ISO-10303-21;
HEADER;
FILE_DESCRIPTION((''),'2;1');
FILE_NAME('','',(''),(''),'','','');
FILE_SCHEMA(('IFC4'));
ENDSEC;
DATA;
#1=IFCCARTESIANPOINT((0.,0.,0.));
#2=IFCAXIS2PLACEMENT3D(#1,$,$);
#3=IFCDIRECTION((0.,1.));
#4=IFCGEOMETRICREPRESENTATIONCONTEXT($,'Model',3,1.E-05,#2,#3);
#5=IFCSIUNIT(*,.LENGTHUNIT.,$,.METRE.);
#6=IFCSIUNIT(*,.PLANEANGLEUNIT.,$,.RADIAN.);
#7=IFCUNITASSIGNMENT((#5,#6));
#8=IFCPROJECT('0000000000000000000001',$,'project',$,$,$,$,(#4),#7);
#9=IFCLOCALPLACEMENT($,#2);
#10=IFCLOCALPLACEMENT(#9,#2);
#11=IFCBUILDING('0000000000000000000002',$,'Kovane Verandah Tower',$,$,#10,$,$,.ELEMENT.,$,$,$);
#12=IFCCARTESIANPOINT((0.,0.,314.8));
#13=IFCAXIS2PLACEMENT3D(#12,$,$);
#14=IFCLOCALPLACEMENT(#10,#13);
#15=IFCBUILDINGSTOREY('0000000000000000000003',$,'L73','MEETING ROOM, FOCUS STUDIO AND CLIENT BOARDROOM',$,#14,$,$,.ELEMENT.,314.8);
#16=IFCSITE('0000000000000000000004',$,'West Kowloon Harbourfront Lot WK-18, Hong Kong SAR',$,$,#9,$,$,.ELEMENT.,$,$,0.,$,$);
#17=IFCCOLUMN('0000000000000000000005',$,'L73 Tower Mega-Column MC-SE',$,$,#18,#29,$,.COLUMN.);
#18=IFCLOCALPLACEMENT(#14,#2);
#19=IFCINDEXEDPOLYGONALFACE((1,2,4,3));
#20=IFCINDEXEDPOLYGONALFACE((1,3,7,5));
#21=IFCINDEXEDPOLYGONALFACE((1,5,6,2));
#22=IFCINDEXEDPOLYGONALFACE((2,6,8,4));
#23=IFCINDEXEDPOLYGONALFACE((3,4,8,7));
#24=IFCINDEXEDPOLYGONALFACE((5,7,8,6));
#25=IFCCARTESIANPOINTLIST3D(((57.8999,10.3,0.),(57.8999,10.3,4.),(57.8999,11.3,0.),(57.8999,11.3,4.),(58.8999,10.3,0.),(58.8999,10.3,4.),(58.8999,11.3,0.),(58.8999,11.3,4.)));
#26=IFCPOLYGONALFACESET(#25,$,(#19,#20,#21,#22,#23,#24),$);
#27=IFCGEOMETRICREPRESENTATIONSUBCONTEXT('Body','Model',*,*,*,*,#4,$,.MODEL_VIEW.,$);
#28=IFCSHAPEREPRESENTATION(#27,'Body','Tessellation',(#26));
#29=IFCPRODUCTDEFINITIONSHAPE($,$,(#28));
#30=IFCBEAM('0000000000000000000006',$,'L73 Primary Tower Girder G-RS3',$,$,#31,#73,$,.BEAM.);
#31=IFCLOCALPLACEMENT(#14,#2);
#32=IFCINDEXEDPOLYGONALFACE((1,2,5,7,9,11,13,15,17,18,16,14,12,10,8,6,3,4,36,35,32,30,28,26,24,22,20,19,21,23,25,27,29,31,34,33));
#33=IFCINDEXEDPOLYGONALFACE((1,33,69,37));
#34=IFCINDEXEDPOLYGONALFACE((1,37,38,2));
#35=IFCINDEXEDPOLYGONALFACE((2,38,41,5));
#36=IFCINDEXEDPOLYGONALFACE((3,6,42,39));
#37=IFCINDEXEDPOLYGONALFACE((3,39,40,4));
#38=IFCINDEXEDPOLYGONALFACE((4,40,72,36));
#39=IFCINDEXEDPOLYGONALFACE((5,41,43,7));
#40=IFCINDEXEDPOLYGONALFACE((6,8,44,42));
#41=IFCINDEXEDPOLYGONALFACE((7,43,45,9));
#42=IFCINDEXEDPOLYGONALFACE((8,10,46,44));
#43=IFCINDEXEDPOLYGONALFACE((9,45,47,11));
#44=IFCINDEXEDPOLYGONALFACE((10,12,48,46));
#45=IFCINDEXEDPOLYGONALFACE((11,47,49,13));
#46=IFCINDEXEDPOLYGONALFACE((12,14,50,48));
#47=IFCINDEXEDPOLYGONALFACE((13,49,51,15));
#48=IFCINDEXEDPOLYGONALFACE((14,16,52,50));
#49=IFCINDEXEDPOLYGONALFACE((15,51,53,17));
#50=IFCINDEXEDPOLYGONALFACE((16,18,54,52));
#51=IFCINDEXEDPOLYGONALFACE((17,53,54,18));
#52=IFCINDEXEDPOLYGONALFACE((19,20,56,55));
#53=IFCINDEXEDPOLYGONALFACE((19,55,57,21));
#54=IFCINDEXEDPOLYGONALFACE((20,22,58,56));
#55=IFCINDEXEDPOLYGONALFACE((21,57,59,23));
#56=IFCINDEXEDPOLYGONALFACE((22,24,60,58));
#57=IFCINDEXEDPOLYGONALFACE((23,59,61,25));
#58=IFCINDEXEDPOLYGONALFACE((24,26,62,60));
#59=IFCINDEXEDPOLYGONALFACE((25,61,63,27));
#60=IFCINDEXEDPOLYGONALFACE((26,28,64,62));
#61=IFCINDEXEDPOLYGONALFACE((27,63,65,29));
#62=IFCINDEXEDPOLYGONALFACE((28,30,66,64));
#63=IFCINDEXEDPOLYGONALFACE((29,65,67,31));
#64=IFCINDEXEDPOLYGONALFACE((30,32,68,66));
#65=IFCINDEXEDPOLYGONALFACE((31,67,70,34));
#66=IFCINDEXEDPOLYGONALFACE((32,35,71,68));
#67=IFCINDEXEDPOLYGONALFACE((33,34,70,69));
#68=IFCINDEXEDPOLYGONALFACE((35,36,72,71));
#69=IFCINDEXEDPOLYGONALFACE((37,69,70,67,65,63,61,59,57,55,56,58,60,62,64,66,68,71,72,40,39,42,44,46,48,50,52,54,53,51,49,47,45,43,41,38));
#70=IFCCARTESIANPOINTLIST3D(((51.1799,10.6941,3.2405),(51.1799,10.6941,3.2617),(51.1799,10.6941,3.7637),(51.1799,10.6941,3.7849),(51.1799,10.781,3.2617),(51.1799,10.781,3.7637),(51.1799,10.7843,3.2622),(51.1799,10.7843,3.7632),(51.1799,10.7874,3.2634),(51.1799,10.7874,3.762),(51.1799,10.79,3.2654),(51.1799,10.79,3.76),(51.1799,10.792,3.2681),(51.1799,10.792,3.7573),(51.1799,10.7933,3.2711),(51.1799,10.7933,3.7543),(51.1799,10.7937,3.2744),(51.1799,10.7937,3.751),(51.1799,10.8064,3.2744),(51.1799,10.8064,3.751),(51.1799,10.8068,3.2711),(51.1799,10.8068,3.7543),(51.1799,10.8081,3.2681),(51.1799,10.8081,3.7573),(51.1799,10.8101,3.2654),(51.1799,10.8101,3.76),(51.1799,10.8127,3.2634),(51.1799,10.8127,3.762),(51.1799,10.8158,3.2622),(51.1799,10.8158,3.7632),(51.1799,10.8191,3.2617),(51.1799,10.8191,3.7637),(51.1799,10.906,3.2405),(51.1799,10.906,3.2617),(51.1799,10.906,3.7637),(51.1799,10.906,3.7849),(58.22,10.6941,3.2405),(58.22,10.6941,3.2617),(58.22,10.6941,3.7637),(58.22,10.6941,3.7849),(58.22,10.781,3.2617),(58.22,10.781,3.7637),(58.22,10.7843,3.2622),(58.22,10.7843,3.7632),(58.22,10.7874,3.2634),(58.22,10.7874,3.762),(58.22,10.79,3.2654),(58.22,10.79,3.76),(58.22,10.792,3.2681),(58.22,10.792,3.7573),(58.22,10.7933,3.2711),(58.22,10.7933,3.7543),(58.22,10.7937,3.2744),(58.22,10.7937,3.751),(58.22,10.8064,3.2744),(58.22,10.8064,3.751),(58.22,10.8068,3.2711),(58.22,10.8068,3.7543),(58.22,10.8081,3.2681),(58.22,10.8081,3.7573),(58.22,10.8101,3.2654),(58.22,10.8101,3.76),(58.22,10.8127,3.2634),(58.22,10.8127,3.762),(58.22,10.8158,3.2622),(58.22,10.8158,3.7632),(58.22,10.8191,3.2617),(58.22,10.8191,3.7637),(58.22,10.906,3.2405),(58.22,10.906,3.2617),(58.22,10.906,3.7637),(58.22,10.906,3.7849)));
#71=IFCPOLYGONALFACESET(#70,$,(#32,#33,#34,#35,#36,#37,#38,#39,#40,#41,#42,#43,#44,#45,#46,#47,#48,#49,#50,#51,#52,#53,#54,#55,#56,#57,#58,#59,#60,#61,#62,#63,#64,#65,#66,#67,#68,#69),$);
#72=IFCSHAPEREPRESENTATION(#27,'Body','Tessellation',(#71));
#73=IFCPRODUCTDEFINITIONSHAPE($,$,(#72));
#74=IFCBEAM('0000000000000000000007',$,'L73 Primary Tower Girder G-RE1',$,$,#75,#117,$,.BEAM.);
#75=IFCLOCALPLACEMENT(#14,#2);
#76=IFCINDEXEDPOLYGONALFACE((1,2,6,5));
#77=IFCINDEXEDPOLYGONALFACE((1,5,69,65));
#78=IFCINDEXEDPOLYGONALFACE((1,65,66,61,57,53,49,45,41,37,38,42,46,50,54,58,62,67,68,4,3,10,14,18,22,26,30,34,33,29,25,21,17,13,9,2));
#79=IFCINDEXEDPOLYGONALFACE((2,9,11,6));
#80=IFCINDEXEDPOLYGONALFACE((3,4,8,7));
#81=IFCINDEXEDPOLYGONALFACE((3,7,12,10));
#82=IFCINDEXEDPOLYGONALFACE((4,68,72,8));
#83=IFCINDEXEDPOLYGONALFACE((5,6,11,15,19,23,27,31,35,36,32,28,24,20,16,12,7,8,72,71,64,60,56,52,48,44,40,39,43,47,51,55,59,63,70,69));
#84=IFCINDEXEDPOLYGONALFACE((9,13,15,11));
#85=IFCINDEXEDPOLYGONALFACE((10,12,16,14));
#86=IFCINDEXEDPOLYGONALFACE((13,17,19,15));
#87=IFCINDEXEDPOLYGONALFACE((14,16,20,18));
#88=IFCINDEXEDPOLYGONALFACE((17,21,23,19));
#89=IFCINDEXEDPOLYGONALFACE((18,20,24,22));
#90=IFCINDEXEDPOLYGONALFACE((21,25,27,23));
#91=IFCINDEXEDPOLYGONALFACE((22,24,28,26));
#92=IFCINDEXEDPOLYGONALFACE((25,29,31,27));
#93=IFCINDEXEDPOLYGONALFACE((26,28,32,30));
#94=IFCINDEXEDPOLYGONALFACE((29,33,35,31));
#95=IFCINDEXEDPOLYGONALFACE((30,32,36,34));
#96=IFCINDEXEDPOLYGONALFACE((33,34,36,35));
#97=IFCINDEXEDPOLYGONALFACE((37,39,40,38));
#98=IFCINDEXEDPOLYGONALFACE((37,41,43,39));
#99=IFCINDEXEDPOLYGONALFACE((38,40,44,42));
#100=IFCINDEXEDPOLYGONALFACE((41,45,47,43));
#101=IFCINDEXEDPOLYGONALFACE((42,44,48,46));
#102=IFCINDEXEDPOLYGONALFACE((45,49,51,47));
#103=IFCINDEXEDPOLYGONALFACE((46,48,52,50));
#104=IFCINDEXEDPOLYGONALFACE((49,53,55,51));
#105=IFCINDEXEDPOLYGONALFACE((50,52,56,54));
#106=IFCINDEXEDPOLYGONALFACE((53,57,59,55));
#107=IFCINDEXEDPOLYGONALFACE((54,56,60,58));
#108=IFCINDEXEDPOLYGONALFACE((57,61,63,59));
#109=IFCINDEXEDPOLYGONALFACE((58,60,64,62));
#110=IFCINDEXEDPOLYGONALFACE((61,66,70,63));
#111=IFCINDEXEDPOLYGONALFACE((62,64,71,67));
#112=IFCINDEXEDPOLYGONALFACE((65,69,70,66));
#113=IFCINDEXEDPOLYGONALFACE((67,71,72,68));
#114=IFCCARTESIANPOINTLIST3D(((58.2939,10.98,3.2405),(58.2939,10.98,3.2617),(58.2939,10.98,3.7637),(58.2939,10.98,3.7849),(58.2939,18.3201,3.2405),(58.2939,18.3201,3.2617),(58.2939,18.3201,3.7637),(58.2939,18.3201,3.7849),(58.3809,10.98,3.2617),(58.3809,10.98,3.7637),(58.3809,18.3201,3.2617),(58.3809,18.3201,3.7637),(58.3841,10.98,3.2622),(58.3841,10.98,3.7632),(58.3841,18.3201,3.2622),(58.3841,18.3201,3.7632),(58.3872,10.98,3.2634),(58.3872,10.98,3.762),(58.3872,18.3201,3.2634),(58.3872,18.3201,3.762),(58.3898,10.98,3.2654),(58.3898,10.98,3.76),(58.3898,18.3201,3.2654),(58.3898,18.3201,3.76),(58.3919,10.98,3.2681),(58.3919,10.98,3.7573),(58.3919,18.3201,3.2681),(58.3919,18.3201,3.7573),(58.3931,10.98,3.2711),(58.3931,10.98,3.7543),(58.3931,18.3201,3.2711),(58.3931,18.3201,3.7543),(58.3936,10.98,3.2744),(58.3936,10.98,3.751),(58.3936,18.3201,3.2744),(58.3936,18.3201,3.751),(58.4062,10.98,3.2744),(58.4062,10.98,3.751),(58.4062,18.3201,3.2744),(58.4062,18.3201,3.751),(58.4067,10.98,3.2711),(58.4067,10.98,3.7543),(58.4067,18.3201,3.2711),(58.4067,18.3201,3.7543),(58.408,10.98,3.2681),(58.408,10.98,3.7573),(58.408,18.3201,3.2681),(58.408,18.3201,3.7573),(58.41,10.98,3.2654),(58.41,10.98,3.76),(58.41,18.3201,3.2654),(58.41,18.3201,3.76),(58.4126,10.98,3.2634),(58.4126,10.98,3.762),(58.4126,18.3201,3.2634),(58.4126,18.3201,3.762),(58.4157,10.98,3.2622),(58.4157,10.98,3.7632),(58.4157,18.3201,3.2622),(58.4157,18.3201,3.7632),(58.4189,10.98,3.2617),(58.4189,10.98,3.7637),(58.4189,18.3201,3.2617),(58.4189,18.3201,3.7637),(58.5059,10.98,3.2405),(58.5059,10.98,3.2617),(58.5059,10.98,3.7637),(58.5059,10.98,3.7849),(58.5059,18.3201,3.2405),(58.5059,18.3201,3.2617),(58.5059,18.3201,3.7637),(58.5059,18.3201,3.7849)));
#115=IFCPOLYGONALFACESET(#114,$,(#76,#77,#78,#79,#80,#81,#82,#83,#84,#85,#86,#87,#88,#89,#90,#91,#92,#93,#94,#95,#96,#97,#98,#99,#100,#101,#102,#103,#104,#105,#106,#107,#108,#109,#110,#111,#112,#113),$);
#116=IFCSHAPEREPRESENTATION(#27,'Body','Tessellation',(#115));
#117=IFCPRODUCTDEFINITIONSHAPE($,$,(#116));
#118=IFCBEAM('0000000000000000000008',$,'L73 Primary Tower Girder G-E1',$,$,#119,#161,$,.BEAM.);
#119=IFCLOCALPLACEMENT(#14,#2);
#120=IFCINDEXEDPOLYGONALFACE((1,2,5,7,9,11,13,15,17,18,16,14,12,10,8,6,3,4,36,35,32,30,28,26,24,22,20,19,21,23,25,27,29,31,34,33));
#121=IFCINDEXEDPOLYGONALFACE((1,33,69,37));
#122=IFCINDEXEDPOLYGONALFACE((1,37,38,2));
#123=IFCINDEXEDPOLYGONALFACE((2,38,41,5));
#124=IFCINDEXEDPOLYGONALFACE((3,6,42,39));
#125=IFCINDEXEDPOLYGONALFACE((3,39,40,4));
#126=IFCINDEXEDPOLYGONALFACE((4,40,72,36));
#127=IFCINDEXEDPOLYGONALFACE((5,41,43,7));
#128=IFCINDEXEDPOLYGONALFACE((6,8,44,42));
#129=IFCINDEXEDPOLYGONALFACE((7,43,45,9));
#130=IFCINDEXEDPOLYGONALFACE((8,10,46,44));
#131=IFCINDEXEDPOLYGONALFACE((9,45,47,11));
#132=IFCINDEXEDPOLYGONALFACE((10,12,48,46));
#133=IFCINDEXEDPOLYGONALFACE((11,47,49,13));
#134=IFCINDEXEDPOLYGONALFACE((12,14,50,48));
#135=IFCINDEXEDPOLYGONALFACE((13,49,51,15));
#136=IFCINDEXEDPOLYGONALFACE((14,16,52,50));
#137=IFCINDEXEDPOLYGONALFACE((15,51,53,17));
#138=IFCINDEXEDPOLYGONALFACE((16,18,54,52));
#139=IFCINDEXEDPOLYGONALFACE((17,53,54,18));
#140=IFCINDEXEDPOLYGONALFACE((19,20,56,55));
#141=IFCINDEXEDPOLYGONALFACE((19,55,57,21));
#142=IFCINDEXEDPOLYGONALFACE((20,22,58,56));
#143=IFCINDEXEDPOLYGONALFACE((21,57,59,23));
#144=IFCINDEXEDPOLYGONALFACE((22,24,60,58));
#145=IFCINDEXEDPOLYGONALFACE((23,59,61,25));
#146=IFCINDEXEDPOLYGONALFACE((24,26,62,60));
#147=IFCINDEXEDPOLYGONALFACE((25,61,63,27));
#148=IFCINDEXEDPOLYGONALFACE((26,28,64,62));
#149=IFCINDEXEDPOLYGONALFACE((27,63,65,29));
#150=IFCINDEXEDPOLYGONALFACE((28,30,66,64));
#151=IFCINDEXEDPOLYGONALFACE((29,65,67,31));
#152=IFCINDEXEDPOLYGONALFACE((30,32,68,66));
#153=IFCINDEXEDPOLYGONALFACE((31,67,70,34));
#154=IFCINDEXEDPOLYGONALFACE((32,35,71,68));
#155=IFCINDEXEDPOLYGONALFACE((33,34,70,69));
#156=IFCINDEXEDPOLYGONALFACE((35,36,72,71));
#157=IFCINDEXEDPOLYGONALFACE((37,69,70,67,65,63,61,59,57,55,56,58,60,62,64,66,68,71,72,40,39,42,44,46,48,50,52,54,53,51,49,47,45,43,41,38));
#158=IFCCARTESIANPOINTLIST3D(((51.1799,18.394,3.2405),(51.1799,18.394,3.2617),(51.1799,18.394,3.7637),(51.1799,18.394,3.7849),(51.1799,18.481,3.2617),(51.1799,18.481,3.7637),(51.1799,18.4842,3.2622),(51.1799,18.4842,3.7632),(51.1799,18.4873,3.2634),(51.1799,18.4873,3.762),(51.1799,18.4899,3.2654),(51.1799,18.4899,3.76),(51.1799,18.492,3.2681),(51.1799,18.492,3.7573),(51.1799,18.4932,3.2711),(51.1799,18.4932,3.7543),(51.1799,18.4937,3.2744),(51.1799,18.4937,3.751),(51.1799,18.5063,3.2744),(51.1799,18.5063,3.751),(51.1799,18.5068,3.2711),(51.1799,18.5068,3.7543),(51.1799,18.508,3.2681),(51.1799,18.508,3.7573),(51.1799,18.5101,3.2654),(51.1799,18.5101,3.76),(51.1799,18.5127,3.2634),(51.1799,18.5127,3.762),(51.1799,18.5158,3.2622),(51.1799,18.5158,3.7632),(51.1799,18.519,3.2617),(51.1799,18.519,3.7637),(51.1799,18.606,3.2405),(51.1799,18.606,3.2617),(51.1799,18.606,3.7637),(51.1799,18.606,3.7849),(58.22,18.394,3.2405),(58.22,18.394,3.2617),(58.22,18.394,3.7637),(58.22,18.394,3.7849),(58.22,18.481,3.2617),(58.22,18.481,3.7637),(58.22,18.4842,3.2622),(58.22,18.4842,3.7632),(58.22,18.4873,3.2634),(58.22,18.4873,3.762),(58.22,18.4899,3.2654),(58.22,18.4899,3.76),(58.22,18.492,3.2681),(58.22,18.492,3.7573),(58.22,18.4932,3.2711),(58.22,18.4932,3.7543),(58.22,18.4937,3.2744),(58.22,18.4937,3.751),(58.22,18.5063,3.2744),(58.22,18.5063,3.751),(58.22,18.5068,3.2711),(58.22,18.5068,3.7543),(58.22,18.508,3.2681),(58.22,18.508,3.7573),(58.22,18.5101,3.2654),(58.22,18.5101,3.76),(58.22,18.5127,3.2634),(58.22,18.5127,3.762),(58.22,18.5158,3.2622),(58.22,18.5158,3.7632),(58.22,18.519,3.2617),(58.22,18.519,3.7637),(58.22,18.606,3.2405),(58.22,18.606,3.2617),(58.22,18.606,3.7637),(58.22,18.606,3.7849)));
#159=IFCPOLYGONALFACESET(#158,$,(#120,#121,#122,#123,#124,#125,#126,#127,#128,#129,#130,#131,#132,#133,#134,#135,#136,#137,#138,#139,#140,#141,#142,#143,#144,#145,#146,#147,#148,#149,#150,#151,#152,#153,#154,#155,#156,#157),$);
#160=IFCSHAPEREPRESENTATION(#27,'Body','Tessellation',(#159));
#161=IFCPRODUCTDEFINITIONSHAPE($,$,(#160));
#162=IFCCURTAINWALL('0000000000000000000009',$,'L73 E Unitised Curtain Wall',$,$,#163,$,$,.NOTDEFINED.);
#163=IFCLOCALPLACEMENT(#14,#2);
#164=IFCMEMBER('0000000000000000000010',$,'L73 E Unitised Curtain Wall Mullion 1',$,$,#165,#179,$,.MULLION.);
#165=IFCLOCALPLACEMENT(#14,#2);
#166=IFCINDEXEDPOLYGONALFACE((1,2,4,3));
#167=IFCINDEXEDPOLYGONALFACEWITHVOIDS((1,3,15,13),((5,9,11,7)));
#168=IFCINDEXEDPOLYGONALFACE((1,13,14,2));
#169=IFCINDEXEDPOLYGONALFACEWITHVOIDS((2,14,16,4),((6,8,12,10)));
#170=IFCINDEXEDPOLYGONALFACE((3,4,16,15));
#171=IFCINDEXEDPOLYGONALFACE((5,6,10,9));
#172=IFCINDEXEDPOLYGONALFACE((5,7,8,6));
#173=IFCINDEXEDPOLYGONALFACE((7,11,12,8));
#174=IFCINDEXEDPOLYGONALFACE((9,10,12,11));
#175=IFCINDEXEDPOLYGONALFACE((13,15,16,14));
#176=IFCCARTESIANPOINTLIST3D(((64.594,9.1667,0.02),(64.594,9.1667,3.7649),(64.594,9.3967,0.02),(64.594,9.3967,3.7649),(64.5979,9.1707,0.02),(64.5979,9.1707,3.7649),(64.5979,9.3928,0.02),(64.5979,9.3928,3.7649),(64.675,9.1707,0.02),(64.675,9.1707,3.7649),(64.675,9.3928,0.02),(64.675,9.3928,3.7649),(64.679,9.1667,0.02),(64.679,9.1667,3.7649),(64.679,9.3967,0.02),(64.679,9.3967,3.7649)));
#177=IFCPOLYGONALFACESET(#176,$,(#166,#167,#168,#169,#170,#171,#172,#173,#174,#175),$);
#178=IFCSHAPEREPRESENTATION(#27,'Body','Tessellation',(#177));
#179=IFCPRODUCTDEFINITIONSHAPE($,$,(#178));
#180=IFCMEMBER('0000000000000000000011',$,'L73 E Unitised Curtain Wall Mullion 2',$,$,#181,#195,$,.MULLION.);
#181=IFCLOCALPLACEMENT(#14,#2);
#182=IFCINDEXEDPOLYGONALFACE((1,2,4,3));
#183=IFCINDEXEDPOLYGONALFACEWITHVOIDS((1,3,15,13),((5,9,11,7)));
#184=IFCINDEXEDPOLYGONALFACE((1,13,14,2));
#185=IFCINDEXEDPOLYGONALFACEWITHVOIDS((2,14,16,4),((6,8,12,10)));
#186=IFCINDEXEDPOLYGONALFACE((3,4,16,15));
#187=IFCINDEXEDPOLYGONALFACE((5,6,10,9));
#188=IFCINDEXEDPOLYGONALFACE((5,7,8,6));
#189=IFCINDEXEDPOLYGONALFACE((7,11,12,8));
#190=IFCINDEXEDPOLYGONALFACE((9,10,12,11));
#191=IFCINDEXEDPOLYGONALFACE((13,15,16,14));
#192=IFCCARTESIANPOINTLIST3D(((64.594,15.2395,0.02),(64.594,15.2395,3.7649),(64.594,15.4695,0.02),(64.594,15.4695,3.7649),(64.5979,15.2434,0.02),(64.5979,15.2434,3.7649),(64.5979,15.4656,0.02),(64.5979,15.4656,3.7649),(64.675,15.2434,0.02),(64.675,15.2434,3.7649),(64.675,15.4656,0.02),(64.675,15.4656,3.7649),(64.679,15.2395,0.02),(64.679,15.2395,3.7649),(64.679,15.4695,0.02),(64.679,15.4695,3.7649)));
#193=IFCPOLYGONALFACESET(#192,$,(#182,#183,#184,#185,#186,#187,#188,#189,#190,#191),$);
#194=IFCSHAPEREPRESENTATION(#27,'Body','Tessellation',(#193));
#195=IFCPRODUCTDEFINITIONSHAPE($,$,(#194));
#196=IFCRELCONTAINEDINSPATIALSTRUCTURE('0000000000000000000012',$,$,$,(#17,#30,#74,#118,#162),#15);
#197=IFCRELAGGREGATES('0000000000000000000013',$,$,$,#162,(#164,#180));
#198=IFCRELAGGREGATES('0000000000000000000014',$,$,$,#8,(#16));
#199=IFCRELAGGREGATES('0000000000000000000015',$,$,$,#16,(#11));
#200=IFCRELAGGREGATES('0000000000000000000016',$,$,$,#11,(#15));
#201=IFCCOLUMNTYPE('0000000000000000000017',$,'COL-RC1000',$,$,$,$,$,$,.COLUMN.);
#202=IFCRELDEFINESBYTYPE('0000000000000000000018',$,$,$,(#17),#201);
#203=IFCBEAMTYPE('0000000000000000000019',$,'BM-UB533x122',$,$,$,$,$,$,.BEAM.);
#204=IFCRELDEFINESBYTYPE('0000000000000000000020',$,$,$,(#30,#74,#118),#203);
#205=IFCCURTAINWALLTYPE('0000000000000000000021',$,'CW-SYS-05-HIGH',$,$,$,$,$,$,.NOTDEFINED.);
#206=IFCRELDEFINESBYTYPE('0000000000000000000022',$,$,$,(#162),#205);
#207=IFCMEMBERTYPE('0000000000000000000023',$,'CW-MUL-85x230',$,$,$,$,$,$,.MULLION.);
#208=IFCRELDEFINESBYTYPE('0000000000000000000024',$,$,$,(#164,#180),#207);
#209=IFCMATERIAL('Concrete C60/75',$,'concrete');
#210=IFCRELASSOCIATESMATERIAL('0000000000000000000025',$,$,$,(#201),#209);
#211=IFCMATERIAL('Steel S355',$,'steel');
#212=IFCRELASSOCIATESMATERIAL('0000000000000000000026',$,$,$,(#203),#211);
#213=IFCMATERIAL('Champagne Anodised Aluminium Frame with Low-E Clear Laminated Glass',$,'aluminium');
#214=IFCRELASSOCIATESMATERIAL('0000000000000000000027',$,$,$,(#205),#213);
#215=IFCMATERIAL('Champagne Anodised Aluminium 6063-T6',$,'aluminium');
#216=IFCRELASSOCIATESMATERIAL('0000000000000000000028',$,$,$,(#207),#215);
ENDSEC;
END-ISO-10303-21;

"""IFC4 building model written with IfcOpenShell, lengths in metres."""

from ifc_helpers import new_model, si_unit, direction, frame, origin, origin_2d, place, context, subcontext, project, spatial, rectangle, hollow_rectangle, i_section, extrude, material, material_profile, profile_set, type_object, element, aggregate, save


model = new_model("IFC4")

# Units and contexts
model_context = context("Model", 3, precision=1e-05, world=origin(), true_north=direction((0.0, 1.0)))
body_context = subcontext(model_context, "Body", "Model", "MODEL_VIEW")
ifc_project = project(units=[si_unit("LENGTHUNIT", "METRE"), si_unit("PLANEANGLEUNIT", "RADIAN")], contexts=[model_context])

# Site, building, storey
site_placement = place(None, origin())
site = spatial("IfcSite", under=ifc_project, at=site_placement, Name="West Kowloon Harbourfront Lot WK-18, Hong Kong SAR", CompositionType="ELEMENT", RefElevation=0.0)
building_placement = place(site_placement, origin())
building = spatial("IfcBuilding", under=site, at=building_placement, Name="Kovane Verandah Tower", CompositionType="ELEMENT")
storey_placement = place(building_placement, frame((0.0, 0.0, 314.8)))
storey = spatial("IfcBuildingStorey", under=building, at=storey_placement, Name="L73", Description="MEETING ROOM, FOCUS STUDIO AND CLIENT BOARDROOM", CompositionType="ELEMENT", Elevation=314.8)

# Column
ifc_material_1 = material(Name="Concrete C60/75", Category="concrete")
ifc_material_profile_1 = material_profile(ifc_material_1, rectangle(XDim=1.0, YDim=1.0, at=origin_2d()), Name="RC1000x1000")
ifc_profile_set_1 = profile_set([ifc_material_profile_1], Name="Concrete C60/75")
column_type = type_object("IfcColumnType", Name="COL-RC1000", PredefinedType="COLUMN", material=ifc_profile_set_1)
column_placement = place(storey_placement, frame((58.3999, 10.8, 0.0), z_axis=(0.0, 0.0, 1.0), x_axis=(1.0, 0.0, 0.0)))
element("IfcColumn", 1, at=column_placement, inside=storey, type_object=column_type, Name="L73 Tower Mega-Column MC-SE", PredefinedType="COLUMN", context=body_context, shape_type="SweptSolid", body=[
    extrude(rectangle(XDim=1.0, YDim=1.0, at=origin_2d()), origin(), (0.0, 0.0, 1.0), 4.0),
])

# Beams
ifc_material_2 = material(Name="Steel S355", Category="steel")
ifc_material_profile_2 = material_profile(ifc_material_2, i_section(OverallWidth=0.2119, OverallDepth=0.5444, WebThickness=0.0127, FlangeThickness=0.0212, FilletRadius=0.0127, at=origin_2d()), Name="UB533x210x122")
ifc_profile_set_2 = profile_set([ifc_material_profile_2], Name="Steel S355")
beam_type_1 = type_object("IfcBeamType", Name="BM-UB533x122", PredefinedType="BEAM", material=ifc_profile_set_2)
beam_1_placement = place(storey_placement, frame((51.1799, 10.8, 3.5127), z_axis=(1.0, 0.0, 0.0), x_axis=(0.0, 1.0, 0.0)))
element("IfcBeam", 2, at=beam_1_placement, inside=storey, type_object=beam_type_1, Name="L73 Primary Tower Girder G-RS3", PredefinedType="BEAM", context=body_context, shape_type="SweptSolid", body=[
    extrude(i_section(OverallWidth=0.2119, OverallDepth=0.5444, WebThickness=0.0127, FlangeThickness=0.0212, FilletRadius=0.0127, at=origin_2d()), origin(), (0.0, 0.0, 1.0), 7.04),
])
beam_2_placement = place(storey_placement, frame((58.3999, 10.98, 3.5127), z_axis=(0.0, 1.0, 0.0), x_axis=(-1.0, 0.0, 0.0)))
element("IfcBeam", 3, at=beam_2_placement, inside=storey, type_object=beam_type_1, Name="L73 Primary Tower Girder G-RE1", PredefinedType="BEAM", context=body_context, shape_type="SweptSolid", body=[
    extrude(i_section(OverallWidth=0.2119, OverallDepth=0.5444, WebThickness=0.0127, FlangeThickness=0.0212, FilletRadius=0.0127, at=origin_2d()), origin(), (0.0, 0.0, 1.0), 7.3401),
])
beam_3_placement = place(storey_placement, frame((51.1799, 18.5, 3.5127), z_axis=(1.0, 0.0, 0.0), x_axis=(0.0, 1.0, 0.0)))
element("IfcBeam", 4, at=beam_3_placement, inside=storey, type_object=beam_type_1, Name="L73 Primary Tower Girder G-E1", PredefinedType="BEAM", context=body_context, shape_type="SweptSolid", body=[
    extrude(i_section(OverallWidth=0.2119, OverallDepth=0.5444, WebThickness=0.0127, FlangeThickness=0.0212, FilletRadius=0.0127, at=origin_2d()), origin(), (0.0, 0.0, 1.0), 7.04),
])

# Curtain wall, members
ifc_material_3 = material(Name="Champagne Anodised Aluminium Frame with Low-E Clear Laminated Glass", Category="aluminium")
curtain_wall_type = type_object("IfcCurtainWallType", Name="CW-SYS-05-HIGH", PredefinedType="NOTDEFINED", material=ifc_material_3)
curtain_wall_placement = place(storey_placement, origin())
curtain_wall = element("IfcCurtainWall", 5, at=curtain_wall_placement, inside=storey, type_object=curtain_wall_type, Name="L73 E Unitised Curtain Wall", PredefinedType="NOTDEFINED")
ifc_material_4 = material(Name="Champagne Anodised Aluminium 6063-T6", Category="aluminium")
ifc_material_profile_3 = material_profile(ifc_material_4, hollow_rectangle(XDim=0.085, YDim=0.23, WallThickness=0.0039, at=origin_2d()), Name="AL85x230x4")
ifc_profile_set_3 = profile_set([ifc_material_profile_3], Name="Champagne Anodised Aluminium 6063-T6")
member_type_1 = type_object("IfcMemberType", Name="CW-MUL-85x230", PredefinedType="MULLION", material=ifc_profile_set_3)
member_1_placement = place(storey_placement, frame((64.6365, 9.2817, 0.02), z_axis=(0.0, 0.0, 1.0), x_axis=(1.0, 0.0, 0.0)))
member_1 = element("IfcMember", 6, at=member_1_placement, type_object=member_type_1, Name="L73 E Unitised Curtain Wall Mullion 1", PredefinedType="MULLION", context=body_context, shape_type="SweptSolid", body=[
    extrude(hollow_rectangle(XDim=0.085, YDim=0.23, WallThickness=0.0039, at=origin_2d()), origin(), (0.0, 0.0, 1.0), 3.7449),
])
member_2_placement = place(storey_placement, frame((64.6365, 15.3545, 0.02), z_axis=(0.0, 0.0, 1.0), x_axis=(1.0, 0.0, 0.0)))
member_2 = element("IfcMember", 7, at=member_2_placement, type_object=member_type_1, Name="L73 E Unitised Curtain Wall Mullion 2", PredefinedType="MULLION", context=body_context, shape_type="SweptSolid", body=[
    extrude(hollow_rectangle(XDim=0.085, YDim=0.23, WallThickness=0.0039, at=origin_2d()), origin(), (0.0, 0.0, 1.0), 3.7449),
])

aggregate(curtain_wall, [member_1, member_2])

save(model, "model.ifc")
